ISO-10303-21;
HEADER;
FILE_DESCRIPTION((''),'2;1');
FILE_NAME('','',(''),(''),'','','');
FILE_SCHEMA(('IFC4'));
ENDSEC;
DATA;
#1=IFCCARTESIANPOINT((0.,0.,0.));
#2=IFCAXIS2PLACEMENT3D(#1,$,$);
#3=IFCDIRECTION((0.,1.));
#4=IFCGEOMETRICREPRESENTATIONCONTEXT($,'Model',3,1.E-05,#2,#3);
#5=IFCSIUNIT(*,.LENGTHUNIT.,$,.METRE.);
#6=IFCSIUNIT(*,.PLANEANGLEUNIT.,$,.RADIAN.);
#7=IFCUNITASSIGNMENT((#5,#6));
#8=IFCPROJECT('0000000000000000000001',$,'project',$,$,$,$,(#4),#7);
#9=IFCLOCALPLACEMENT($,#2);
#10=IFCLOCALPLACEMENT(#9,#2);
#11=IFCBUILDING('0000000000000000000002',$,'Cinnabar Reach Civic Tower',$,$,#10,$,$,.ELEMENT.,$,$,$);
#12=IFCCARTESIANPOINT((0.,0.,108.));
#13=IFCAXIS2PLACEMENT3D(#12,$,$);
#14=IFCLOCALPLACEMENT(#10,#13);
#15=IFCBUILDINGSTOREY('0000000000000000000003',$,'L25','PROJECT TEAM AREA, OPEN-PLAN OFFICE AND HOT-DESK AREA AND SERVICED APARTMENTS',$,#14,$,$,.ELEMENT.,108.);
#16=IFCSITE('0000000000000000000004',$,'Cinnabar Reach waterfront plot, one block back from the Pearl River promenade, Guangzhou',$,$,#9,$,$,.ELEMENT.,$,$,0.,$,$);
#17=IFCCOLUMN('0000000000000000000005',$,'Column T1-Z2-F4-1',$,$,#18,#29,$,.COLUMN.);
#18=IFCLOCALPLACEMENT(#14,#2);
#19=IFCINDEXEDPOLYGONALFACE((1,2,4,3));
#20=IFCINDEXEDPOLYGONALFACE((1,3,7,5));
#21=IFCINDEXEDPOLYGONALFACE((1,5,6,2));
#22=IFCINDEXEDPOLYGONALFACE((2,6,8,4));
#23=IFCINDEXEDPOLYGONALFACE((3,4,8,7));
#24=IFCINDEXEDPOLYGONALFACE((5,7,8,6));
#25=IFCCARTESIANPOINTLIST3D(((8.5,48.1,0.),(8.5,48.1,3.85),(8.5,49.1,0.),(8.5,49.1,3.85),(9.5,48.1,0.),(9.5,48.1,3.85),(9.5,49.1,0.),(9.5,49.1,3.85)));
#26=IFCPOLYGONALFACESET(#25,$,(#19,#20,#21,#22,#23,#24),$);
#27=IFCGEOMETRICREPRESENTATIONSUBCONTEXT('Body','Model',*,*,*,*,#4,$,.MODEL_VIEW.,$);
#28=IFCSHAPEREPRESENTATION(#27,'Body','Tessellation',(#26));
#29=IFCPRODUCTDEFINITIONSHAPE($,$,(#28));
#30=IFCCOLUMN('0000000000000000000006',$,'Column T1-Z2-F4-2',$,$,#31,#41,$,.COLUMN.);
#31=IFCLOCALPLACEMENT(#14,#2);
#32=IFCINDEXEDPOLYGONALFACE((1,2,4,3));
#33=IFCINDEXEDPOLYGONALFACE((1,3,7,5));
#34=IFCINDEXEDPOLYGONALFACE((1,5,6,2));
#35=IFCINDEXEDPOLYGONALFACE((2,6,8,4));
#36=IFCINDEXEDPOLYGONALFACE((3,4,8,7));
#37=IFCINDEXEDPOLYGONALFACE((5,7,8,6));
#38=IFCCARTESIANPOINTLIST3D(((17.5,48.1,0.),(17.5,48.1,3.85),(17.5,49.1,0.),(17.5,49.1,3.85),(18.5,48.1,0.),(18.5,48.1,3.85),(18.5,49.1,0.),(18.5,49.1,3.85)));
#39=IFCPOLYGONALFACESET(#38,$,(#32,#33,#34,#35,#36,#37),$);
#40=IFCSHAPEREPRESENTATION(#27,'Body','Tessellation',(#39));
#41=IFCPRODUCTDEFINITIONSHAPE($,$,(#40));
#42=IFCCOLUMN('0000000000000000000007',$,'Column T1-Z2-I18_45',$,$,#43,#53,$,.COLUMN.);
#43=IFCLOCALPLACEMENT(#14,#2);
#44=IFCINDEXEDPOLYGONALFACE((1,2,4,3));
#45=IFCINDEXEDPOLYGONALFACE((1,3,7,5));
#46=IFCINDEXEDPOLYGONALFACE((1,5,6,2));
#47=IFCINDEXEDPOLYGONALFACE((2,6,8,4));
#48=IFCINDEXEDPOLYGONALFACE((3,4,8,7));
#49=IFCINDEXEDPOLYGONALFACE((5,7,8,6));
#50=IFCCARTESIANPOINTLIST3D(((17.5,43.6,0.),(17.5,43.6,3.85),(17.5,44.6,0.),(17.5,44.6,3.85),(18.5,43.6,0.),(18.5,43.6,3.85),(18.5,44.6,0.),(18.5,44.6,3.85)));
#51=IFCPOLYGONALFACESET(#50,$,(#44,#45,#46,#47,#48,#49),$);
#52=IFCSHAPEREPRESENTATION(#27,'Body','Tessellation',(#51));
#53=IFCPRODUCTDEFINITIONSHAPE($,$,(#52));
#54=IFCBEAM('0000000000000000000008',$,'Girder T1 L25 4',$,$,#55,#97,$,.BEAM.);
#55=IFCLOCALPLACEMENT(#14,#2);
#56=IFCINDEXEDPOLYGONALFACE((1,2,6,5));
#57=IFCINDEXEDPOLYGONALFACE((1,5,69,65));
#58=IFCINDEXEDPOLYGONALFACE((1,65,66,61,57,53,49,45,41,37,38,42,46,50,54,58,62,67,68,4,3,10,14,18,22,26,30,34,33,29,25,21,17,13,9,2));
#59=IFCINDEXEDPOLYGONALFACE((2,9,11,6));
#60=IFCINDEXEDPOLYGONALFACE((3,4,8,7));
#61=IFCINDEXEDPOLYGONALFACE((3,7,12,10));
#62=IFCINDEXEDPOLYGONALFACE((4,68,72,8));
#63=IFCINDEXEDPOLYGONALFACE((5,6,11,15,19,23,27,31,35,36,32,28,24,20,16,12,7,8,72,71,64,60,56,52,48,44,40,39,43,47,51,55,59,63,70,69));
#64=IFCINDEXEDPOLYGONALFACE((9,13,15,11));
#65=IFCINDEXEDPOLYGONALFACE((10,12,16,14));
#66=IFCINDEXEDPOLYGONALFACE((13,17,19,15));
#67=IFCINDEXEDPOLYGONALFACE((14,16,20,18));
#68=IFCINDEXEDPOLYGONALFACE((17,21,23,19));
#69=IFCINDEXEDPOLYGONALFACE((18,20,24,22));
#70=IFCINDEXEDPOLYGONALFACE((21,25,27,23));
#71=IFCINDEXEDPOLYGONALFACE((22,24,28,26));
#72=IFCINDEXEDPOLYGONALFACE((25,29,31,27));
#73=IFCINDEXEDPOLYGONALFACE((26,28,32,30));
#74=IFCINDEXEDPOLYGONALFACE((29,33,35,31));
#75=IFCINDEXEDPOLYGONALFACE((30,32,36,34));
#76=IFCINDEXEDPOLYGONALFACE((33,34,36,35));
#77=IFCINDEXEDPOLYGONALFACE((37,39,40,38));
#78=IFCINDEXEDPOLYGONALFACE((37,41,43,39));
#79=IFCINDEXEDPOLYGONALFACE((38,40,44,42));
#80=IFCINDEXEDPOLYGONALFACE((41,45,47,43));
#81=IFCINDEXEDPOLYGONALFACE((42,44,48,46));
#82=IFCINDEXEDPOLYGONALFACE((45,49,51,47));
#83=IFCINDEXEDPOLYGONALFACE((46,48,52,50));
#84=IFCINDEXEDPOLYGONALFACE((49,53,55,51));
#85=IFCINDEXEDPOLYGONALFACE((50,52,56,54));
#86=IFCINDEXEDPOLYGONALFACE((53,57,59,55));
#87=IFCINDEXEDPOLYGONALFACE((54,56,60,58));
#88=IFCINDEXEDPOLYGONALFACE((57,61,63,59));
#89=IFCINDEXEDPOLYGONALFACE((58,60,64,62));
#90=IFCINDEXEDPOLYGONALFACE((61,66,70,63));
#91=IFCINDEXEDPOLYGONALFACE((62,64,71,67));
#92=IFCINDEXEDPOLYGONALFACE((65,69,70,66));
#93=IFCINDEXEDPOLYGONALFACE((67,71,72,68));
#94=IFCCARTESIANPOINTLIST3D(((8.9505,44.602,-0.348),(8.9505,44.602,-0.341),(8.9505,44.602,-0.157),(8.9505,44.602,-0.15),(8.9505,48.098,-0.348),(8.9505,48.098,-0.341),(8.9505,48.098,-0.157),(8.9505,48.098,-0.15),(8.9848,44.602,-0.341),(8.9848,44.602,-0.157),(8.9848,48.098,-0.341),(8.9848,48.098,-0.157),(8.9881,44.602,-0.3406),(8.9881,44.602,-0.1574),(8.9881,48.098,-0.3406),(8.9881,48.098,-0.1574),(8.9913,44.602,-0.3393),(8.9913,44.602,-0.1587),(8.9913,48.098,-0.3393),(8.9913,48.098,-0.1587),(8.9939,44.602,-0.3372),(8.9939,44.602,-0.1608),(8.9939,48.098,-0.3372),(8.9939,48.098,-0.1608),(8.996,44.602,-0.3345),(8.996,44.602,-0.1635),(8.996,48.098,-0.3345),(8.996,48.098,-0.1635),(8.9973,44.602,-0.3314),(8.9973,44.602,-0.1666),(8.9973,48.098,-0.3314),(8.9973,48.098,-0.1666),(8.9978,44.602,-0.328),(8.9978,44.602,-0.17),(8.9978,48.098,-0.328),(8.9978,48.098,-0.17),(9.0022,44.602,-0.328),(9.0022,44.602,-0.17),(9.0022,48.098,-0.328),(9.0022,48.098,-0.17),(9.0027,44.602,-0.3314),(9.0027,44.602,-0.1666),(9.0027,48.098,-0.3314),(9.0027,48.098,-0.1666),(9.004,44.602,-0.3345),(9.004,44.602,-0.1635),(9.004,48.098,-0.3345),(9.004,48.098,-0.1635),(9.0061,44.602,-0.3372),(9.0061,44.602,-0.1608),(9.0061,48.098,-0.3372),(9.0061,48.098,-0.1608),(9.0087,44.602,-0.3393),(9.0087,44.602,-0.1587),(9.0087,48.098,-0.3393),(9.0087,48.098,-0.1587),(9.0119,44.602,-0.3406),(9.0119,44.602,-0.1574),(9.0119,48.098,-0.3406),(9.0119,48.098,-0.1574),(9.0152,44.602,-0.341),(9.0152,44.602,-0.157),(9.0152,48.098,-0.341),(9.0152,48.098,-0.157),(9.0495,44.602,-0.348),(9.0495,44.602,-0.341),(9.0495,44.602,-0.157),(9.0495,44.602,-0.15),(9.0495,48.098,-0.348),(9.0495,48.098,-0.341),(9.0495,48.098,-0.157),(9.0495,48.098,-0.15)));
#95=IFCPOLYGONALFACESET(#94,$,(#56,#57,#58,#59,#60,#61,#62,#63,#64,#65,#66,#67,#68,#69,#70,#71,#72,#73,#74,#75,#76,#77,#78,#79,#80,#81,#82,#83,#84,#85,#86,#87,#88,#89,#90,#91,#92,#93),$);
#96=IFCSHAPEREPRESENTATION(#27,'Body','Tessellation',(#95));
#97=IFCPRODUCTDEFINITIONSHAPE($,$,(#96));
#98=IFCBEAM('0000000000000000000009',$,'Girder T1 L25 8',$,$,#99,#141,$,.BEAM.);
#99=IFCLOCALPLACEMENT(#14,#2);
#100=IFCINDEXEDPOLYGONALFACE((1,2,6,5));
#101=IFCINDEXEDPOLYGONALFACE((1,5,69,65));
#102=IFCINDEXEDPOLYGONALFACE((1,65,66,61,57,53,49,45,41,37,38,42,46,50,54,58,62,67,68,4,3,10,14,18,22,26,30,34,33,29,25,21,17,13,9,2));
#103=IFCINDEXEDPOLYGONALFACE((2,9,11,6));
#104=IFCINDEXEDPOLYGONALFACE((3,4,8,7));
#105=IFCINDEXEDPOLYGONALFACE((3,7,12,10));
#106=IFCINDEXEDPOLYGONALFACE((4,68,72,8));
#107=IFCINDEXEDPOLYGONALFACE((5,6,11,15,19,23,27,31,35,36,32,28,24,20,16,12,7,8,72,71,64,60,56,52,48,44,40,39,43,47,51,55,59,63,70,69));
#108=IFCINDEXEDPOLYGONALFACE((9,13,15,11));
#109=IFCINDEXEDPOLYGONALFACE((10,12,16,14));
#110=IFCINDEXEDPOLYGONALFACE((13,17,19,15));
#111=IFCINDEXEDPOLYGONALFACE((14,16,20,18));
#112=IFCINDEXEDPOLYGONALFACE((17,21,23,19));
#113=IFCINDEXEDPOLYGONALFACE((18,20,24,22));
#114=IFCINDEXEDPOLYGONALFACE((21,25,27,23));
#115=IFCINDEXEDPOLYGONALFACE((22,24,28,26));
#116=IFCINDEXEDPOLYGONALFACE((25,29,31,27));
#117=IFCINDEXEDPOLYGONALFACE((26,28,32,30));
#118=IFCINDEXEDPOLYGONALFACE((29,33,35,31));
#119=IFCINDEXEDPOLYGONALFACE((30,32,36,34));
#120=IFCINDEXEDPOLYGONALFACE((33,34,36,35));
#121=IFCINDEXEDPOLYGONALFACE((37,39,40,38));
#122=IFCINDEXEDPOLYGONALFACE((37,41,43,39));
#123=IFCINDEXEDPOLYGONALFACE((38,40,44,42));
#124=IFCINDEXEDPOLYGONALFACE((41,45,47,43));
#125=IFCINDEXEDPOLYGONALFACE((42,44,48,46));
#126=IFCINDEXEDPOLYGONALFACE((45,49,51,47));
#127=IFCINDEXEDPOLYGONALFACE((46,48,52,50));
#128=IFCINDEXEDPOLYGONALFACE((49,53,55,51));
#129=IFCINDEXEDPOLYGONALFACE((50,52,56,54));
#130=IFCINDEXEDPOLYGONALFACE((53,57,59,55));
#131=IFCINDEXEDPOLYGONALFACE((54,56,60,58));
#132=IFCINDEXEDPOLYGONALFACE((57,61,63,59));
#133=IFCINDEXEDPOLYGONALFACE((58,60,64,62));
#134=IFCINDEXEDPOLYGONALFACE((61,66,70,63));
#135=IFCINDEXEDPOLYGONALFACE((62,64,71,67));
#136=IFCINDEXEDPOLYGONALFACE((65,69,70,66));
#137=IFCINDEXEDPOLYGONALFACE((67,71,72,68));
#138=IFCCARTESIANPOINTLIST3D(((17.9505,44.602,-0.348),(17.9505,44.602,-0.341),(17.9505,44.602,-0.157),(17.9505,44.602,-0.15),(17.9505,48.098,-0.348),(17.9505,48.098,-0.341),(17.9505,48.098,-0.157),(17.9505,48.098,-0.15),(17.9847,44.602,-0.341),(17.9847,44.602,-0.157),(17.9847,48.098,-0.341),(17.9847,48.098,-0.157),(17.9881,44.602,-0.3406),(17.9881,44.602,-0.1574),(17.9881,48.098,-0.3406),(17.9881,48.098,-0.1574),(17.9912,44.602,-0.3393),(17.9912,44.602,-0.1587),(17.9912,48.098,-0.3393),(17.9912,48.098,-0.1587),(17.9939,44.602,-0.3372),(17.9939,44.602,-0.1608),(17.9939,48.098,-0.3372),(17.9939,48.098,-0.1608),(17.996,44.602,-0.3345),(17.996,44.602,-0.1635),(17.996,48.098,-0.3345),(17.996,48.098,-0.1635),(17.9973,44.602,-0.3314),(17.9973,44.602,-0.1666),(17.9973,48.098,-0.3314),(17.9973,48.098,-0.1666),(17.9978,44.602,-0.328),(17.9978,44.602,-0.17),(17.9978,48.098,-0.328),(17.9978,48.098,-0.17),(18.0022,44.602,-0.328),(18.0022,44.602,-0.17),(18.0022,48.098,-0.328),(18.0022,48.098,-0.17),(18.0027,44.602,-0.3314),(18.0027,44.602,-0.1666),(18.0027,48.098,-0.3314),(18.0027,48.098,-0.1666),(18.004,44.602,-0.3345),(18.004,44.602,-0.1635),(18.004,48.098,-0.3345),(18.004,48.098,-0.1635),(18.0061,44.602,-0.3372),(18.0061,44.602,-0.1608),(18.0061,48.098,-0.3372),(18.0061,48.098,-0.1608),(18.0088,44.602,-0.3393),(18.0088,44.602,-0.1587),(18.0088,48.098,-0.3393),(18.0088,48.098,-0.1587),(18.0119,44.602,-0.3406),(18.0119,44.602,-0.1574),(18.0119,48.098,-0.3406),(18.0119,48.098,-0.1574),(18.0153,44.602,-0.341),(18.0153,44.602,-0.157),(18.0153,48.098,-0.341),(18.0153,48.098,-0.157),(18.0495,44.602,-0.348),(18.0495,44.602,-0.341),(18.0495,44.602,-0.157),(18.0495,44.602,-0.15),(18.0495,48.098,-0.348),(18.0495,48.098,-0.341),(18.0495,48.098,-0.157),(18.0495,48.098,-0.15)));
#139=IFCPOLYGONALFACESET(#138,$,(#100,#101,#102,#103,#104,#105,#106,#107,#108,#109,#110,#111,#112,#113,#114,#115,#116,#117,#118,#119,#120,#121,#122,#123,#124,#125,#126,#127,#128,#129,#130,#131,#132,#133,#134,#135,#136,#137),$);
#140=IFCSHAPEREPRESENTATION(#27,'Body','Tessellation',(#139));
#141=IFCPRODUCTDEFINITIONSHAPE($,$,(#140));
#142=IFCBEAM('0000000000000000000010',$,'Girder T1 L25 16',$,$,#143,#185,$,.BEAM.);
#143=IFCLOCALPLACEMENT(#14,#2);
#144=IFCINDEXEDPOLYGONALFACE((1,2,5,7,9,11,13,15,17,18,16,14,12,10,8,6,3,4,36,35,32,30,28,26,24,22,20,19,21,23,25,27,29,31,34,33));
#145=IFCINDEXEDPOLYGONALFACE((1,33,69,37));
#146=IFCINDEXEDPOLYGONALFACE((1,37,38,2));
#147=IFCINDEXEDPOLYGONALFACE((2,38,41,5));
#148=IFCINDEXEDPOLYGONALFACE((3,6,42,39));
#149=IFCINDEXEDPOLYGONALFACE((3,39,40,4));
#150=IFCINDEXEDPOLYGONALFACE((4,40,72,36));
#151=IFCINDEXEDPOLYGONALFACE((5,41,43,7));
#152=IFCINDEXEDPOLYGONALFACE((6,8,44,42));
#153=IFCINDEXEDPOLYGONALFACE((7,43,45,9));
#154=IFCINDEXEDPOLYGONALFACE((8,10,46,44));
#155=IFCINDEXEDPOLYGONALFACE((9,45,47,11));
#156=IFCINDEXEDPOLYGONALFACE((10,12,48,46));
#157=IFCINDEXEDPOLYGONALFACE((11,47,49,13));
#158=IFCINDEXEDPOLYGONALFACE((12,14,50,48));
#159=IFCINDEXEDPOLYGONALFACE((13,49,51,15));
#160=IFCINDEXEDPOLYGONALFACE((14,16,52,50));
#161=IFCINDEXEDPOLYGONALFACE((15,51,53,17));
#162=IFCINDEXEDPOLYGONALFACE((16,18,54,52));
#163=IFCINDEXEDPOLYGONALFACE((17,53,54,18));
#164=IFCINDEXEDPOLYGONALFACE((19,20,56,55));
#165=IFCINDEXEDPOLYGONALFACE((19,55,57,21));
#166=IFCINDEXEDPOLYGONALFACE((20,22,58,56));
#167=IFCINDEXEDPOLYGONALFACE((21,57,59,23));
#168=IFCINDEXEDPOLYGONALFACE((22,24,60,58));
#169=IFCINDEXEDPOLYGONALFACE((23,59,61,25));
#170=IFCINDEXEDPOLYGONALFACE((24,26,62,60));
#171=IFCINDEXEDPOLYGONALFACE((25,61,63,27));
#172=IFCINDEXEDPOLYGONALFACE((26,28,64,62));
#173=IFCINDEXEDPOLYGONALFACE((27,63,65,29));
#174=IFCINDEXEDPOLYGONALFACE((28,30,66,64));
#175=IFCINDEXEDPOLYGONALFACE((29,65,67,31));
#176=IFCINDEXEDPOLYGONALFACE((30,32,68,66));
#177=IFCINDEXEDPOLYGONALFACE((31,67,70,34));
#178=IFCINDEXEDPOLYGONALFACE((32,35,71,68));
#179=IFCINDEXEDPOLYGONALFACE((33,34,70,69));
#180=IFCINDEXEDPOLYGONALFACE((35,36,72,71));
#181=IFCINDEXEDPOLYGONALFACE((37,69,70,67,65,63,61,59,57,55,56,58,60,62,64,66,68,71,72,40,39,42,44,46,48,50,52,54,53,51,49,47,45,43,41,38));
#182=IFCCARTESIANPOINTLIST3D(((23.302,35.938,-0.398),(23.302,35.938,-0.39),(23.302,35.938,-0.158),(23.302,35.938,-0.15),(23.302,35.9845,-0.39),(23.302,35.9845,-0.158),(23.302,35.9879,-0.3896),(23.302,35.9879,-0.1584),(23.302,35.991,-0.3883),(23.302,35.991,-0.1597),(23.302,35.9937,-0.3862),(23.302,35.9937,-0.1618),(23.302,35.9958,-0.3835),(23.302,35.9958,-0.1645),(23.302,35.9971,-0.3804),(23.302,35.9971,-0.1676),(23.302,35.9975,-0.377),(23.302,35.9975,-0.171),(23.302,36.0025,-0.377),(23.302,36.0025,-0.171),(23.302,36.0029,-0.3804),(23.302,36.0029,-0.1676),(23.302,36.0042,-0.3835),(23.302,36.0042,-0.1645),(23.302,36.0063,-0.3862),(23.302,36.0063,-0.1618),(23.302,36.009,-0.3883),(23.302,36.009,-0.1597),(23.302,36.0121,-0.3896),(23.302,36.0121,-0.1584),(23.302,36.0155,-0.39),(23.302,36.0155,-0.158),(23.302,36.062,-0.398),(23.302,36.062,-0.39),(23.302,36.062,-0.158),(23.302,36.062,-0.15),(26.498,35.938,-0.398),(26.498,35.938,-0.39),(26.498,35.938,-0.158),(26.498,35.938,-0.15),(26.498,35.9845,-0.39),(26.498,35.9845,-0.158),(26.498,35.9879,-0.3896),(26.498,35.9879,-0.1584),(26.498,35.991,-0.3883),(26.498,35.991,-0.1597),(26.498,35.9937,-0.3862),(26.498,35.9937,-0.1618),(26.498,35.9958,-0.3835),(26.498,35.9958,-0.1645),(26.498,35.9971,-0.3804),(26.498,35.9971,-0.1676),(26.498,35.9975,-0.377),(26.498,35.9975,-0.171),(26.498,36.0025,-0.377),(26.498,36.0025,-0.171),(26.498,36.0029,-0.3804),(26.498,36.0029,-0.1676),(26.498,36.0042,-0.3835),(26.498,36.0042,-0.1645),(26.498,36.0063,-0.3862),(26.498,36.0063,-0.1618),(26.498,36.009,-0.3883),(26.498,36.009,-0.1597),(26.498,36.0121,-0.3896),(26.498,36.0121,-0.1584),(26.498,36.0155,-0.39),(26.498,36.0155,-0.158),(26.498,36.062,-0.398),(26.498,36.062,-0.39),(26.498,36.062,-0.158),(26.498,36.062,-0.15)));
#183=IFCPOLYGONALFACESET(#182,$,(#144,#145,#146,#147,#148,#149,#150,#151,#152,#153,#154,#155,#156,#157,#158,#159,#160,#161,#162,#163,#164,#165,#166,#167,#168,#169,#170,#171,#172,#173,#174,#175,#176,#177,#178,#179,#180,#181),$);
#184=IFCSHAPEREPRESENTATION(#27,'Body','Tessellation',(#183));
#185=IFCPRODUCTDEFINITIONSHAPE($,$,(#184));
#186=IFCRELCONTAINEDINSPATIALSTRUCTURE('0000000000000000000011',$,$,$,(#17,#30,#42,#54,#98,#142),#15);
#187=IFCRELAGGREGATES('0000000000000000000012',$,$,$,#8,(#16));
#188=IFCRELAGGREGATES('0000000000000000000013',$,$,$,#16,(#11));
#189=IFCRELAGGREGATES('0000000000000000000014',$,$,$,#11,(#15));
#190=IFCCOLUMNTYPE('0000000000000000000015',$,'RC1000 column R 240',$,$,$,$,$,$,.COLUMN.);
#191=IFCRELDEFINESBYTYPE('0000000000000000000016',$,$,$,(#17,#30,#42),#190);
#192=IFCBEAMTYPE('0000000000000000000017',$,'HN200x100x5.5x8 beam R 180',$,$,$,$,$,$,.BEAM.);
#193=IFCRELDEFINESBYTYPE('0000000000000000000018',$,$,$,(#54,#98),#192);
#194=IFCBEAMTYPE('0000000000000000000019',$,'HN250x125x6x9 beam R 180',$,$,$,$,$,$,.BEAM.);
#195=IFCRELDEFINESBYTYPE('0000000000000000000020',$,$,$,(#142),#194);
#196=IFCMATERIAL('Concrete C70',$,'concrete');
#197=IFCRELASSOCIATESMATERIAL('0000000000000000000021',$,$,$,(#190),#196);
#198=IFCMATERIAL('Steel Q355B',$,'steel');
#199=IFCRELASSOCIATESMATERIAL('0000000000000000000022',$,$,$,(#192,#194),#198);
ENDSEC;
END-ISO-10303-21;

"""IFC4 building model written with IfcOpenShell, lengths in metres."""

from ifc_helpers import new_model, si_unit, direction, frame, origin, origin_2d, place, context, subcontext, project, spatial, rectangle, i_section, extrude, material, material_profile, profile_set, type_object, element, save


model = new_model("IFC4")

# Units and contexts
model_context = context("Model", 3, precision=1e-05, world=origin(), true_north=direction((0.0, 1.0)))
body_context = subcontext(model_context, "Body", "Model", "MODEL_VIEW")
ifc_project = project(units=[si_unit("LENGTHUNIT", "METRE"), si_unit("PLANEANGLEUNIT", "RADIAN")], contexts=[model_context])

# Site, building, storey
site_placement = place(None, origin())
site = spatial("IfcSite", under=ifc_project, at=site_placement, Name="Cinnabar Reach waterfront plot, one block back from the Pearl River promenade, Guangzhou", CompositionType="ELEMENT", RefElevation=0.0)
building_placement = place(site_placement, origin())
building = spatial("IfcBuilding", under=site, at=building_placement, Name="Cinnabar Reach Civic Tower", CompositionType="ELEMENT")
storey_placement = place(building_placement, frame((0.0, 0.0, 108.0)))
storey = spatial("IfcBuildingStorey", under=building, at=storey_placement, Name="L25", Description="PROJECT TEAM AREA, OPEN-PLAN OFFICE AND HOT-DESK AREA AND SERVICED APARTMENTS", CompositionType="ELEMENT", Elevation=108.0)

# Columns
ifc_material_1 = material(Name="Concrete C70", Category="concrete")
ifc_material_profile_1 = material_profile(ifc_material_1, rectangle(XDim=1.0, YDim=1.0, at=origin_2d()), Name="RC1000")
ifc_profile_set_1 = profile_set([ifc_material_profile_1], Name="Concrete C70")
column_type = type_object("IfcColumnType", Name="RC1000 column R 240", PredefinedType="COLUMN", material=ifc_profile_set_1)
for number, where, z_axis, x_axis, name in (
    (1, (9.0, 48.6, 0.0), (0.0, 0.0, 1.0), (1.0, 0.0, 0.0), "Column T1-Z2-F4-1"),
    (2, (18.0, 48.6, 0.0), (0.0, 0.0, 1.0), (1.0, 0.0, 0.0), "Column T1-Z2-F4-2"),
    (3, (18.0, 44.1, 0.0), (0.0, 0.0, 1.0), (1.0, 0.0, 0.0), "Column T1-Z2-I18_45"),
):
    element("IfcColumn", number, at=place(storey_placement, frame(where, z_axis=z_axis, x_axis=x_axis)), inside=storey, type_object=column_type, Name=name, PredefinedType="COLUMN", context=body_context, shape_type="SweptSolid", body=[
        extrude(rectangle(XDim=1.0, YDim=1.0, at=origin_2d()), origin(), (0.0, 0.0, 1.0), 3.85),
    ])

# Beams
ifc_material_2 = material(Name="Steel Q355B", Category="steel")
ifc_material_profile_2 = material_profile(ifc_material_2, i_section(OverallWidth=0.099, OverallDepth=0.198, WebThickness=0.0045, FlangeThickness=0.007, FilletRadius=0.013, at=origin_2d()), Name="HN200x100x5.5x8")
ifc_profile_set_2 = profile_set([ifc_material_profile_2], Name="Steel Q355B")
beam_type_1 = type_object("IfcBeamType", Name="HN200x100x5.5x8 beam R 180", PredefinedType="BEAM", material=ifc_profile_set_2)
for number, where, z_axis, x_axis, name in (
    (4, (9.0, 44.602, -0.249), (0.0, 1.0, 0.0), (-1.0, 0.0, 0.0), "Girder T1 L25 4"),
    (5, (18.0, 44.602, -0.249), (0.0, 1.0, 0.0), (-1.0, 0.0, 0.0), "Girder T1 L25 8"),
):
    element("IfcBeam", number, at=place(storey_placement, frame(where, z_axis=z_axis, x_axis=x_axis)), inside=storey, type_object=beam_type_1, Name=name, PredefinedType="BEAM", context=body_context, shape_type="SweptSolid", body=[
        extrude(i_section(OverallWidth=0.099, OverallDepth=0.198, WebThickness=0.0045, FlangeThickness=0.007, FilletRadius=0.013, at=origin_2d()), origin(), (0.0, 0.0, 1.0), 3.496),
    ])
ifc_material_profile_3 = material_profile(ifc_material_2, i_section(OverallWidth=0.124, OverallDepth=0.248, WebThickness=0.005, FlangeThickness=0.008, FilletRadius=0.013, at=origin_2d()), Name="HN250x125x6x9")
ifc_profile_set_3 = profile_set([ifc_material_profile_3], Name="Steel Q355B")
beam_type_2 = type_object("IfcBeamType", Name="HN250x125x6x9 beam R 180", PredefinedType="BEAM", material=ifc_profile_set_3)
beam_1_placement = place(storey_placement, frame((23.302, 36.0, -0.274), z_axis=(1.0, 0.0, 0.0), x_axis=(0.0, 1.0, 0.0)))
element("IfcBeam", 6, at=beam_1_placement, inside=storey, type_object=beam_type_2, Name="Girder T1 L25 16", PredefinedType="BEAM", context=body_context, shape_type="SweptSolid", body=[
    extrude(i_section(OverallWidth=0.124, OverallDepth=0.248, WebThickness=0.005, FlangeThickness=0.008, FilletRadius=0.013, at=origin_2d()), origin(), (0.0, 0.0, 1.0), 3.196),
])

save(model, "model.ifc")
